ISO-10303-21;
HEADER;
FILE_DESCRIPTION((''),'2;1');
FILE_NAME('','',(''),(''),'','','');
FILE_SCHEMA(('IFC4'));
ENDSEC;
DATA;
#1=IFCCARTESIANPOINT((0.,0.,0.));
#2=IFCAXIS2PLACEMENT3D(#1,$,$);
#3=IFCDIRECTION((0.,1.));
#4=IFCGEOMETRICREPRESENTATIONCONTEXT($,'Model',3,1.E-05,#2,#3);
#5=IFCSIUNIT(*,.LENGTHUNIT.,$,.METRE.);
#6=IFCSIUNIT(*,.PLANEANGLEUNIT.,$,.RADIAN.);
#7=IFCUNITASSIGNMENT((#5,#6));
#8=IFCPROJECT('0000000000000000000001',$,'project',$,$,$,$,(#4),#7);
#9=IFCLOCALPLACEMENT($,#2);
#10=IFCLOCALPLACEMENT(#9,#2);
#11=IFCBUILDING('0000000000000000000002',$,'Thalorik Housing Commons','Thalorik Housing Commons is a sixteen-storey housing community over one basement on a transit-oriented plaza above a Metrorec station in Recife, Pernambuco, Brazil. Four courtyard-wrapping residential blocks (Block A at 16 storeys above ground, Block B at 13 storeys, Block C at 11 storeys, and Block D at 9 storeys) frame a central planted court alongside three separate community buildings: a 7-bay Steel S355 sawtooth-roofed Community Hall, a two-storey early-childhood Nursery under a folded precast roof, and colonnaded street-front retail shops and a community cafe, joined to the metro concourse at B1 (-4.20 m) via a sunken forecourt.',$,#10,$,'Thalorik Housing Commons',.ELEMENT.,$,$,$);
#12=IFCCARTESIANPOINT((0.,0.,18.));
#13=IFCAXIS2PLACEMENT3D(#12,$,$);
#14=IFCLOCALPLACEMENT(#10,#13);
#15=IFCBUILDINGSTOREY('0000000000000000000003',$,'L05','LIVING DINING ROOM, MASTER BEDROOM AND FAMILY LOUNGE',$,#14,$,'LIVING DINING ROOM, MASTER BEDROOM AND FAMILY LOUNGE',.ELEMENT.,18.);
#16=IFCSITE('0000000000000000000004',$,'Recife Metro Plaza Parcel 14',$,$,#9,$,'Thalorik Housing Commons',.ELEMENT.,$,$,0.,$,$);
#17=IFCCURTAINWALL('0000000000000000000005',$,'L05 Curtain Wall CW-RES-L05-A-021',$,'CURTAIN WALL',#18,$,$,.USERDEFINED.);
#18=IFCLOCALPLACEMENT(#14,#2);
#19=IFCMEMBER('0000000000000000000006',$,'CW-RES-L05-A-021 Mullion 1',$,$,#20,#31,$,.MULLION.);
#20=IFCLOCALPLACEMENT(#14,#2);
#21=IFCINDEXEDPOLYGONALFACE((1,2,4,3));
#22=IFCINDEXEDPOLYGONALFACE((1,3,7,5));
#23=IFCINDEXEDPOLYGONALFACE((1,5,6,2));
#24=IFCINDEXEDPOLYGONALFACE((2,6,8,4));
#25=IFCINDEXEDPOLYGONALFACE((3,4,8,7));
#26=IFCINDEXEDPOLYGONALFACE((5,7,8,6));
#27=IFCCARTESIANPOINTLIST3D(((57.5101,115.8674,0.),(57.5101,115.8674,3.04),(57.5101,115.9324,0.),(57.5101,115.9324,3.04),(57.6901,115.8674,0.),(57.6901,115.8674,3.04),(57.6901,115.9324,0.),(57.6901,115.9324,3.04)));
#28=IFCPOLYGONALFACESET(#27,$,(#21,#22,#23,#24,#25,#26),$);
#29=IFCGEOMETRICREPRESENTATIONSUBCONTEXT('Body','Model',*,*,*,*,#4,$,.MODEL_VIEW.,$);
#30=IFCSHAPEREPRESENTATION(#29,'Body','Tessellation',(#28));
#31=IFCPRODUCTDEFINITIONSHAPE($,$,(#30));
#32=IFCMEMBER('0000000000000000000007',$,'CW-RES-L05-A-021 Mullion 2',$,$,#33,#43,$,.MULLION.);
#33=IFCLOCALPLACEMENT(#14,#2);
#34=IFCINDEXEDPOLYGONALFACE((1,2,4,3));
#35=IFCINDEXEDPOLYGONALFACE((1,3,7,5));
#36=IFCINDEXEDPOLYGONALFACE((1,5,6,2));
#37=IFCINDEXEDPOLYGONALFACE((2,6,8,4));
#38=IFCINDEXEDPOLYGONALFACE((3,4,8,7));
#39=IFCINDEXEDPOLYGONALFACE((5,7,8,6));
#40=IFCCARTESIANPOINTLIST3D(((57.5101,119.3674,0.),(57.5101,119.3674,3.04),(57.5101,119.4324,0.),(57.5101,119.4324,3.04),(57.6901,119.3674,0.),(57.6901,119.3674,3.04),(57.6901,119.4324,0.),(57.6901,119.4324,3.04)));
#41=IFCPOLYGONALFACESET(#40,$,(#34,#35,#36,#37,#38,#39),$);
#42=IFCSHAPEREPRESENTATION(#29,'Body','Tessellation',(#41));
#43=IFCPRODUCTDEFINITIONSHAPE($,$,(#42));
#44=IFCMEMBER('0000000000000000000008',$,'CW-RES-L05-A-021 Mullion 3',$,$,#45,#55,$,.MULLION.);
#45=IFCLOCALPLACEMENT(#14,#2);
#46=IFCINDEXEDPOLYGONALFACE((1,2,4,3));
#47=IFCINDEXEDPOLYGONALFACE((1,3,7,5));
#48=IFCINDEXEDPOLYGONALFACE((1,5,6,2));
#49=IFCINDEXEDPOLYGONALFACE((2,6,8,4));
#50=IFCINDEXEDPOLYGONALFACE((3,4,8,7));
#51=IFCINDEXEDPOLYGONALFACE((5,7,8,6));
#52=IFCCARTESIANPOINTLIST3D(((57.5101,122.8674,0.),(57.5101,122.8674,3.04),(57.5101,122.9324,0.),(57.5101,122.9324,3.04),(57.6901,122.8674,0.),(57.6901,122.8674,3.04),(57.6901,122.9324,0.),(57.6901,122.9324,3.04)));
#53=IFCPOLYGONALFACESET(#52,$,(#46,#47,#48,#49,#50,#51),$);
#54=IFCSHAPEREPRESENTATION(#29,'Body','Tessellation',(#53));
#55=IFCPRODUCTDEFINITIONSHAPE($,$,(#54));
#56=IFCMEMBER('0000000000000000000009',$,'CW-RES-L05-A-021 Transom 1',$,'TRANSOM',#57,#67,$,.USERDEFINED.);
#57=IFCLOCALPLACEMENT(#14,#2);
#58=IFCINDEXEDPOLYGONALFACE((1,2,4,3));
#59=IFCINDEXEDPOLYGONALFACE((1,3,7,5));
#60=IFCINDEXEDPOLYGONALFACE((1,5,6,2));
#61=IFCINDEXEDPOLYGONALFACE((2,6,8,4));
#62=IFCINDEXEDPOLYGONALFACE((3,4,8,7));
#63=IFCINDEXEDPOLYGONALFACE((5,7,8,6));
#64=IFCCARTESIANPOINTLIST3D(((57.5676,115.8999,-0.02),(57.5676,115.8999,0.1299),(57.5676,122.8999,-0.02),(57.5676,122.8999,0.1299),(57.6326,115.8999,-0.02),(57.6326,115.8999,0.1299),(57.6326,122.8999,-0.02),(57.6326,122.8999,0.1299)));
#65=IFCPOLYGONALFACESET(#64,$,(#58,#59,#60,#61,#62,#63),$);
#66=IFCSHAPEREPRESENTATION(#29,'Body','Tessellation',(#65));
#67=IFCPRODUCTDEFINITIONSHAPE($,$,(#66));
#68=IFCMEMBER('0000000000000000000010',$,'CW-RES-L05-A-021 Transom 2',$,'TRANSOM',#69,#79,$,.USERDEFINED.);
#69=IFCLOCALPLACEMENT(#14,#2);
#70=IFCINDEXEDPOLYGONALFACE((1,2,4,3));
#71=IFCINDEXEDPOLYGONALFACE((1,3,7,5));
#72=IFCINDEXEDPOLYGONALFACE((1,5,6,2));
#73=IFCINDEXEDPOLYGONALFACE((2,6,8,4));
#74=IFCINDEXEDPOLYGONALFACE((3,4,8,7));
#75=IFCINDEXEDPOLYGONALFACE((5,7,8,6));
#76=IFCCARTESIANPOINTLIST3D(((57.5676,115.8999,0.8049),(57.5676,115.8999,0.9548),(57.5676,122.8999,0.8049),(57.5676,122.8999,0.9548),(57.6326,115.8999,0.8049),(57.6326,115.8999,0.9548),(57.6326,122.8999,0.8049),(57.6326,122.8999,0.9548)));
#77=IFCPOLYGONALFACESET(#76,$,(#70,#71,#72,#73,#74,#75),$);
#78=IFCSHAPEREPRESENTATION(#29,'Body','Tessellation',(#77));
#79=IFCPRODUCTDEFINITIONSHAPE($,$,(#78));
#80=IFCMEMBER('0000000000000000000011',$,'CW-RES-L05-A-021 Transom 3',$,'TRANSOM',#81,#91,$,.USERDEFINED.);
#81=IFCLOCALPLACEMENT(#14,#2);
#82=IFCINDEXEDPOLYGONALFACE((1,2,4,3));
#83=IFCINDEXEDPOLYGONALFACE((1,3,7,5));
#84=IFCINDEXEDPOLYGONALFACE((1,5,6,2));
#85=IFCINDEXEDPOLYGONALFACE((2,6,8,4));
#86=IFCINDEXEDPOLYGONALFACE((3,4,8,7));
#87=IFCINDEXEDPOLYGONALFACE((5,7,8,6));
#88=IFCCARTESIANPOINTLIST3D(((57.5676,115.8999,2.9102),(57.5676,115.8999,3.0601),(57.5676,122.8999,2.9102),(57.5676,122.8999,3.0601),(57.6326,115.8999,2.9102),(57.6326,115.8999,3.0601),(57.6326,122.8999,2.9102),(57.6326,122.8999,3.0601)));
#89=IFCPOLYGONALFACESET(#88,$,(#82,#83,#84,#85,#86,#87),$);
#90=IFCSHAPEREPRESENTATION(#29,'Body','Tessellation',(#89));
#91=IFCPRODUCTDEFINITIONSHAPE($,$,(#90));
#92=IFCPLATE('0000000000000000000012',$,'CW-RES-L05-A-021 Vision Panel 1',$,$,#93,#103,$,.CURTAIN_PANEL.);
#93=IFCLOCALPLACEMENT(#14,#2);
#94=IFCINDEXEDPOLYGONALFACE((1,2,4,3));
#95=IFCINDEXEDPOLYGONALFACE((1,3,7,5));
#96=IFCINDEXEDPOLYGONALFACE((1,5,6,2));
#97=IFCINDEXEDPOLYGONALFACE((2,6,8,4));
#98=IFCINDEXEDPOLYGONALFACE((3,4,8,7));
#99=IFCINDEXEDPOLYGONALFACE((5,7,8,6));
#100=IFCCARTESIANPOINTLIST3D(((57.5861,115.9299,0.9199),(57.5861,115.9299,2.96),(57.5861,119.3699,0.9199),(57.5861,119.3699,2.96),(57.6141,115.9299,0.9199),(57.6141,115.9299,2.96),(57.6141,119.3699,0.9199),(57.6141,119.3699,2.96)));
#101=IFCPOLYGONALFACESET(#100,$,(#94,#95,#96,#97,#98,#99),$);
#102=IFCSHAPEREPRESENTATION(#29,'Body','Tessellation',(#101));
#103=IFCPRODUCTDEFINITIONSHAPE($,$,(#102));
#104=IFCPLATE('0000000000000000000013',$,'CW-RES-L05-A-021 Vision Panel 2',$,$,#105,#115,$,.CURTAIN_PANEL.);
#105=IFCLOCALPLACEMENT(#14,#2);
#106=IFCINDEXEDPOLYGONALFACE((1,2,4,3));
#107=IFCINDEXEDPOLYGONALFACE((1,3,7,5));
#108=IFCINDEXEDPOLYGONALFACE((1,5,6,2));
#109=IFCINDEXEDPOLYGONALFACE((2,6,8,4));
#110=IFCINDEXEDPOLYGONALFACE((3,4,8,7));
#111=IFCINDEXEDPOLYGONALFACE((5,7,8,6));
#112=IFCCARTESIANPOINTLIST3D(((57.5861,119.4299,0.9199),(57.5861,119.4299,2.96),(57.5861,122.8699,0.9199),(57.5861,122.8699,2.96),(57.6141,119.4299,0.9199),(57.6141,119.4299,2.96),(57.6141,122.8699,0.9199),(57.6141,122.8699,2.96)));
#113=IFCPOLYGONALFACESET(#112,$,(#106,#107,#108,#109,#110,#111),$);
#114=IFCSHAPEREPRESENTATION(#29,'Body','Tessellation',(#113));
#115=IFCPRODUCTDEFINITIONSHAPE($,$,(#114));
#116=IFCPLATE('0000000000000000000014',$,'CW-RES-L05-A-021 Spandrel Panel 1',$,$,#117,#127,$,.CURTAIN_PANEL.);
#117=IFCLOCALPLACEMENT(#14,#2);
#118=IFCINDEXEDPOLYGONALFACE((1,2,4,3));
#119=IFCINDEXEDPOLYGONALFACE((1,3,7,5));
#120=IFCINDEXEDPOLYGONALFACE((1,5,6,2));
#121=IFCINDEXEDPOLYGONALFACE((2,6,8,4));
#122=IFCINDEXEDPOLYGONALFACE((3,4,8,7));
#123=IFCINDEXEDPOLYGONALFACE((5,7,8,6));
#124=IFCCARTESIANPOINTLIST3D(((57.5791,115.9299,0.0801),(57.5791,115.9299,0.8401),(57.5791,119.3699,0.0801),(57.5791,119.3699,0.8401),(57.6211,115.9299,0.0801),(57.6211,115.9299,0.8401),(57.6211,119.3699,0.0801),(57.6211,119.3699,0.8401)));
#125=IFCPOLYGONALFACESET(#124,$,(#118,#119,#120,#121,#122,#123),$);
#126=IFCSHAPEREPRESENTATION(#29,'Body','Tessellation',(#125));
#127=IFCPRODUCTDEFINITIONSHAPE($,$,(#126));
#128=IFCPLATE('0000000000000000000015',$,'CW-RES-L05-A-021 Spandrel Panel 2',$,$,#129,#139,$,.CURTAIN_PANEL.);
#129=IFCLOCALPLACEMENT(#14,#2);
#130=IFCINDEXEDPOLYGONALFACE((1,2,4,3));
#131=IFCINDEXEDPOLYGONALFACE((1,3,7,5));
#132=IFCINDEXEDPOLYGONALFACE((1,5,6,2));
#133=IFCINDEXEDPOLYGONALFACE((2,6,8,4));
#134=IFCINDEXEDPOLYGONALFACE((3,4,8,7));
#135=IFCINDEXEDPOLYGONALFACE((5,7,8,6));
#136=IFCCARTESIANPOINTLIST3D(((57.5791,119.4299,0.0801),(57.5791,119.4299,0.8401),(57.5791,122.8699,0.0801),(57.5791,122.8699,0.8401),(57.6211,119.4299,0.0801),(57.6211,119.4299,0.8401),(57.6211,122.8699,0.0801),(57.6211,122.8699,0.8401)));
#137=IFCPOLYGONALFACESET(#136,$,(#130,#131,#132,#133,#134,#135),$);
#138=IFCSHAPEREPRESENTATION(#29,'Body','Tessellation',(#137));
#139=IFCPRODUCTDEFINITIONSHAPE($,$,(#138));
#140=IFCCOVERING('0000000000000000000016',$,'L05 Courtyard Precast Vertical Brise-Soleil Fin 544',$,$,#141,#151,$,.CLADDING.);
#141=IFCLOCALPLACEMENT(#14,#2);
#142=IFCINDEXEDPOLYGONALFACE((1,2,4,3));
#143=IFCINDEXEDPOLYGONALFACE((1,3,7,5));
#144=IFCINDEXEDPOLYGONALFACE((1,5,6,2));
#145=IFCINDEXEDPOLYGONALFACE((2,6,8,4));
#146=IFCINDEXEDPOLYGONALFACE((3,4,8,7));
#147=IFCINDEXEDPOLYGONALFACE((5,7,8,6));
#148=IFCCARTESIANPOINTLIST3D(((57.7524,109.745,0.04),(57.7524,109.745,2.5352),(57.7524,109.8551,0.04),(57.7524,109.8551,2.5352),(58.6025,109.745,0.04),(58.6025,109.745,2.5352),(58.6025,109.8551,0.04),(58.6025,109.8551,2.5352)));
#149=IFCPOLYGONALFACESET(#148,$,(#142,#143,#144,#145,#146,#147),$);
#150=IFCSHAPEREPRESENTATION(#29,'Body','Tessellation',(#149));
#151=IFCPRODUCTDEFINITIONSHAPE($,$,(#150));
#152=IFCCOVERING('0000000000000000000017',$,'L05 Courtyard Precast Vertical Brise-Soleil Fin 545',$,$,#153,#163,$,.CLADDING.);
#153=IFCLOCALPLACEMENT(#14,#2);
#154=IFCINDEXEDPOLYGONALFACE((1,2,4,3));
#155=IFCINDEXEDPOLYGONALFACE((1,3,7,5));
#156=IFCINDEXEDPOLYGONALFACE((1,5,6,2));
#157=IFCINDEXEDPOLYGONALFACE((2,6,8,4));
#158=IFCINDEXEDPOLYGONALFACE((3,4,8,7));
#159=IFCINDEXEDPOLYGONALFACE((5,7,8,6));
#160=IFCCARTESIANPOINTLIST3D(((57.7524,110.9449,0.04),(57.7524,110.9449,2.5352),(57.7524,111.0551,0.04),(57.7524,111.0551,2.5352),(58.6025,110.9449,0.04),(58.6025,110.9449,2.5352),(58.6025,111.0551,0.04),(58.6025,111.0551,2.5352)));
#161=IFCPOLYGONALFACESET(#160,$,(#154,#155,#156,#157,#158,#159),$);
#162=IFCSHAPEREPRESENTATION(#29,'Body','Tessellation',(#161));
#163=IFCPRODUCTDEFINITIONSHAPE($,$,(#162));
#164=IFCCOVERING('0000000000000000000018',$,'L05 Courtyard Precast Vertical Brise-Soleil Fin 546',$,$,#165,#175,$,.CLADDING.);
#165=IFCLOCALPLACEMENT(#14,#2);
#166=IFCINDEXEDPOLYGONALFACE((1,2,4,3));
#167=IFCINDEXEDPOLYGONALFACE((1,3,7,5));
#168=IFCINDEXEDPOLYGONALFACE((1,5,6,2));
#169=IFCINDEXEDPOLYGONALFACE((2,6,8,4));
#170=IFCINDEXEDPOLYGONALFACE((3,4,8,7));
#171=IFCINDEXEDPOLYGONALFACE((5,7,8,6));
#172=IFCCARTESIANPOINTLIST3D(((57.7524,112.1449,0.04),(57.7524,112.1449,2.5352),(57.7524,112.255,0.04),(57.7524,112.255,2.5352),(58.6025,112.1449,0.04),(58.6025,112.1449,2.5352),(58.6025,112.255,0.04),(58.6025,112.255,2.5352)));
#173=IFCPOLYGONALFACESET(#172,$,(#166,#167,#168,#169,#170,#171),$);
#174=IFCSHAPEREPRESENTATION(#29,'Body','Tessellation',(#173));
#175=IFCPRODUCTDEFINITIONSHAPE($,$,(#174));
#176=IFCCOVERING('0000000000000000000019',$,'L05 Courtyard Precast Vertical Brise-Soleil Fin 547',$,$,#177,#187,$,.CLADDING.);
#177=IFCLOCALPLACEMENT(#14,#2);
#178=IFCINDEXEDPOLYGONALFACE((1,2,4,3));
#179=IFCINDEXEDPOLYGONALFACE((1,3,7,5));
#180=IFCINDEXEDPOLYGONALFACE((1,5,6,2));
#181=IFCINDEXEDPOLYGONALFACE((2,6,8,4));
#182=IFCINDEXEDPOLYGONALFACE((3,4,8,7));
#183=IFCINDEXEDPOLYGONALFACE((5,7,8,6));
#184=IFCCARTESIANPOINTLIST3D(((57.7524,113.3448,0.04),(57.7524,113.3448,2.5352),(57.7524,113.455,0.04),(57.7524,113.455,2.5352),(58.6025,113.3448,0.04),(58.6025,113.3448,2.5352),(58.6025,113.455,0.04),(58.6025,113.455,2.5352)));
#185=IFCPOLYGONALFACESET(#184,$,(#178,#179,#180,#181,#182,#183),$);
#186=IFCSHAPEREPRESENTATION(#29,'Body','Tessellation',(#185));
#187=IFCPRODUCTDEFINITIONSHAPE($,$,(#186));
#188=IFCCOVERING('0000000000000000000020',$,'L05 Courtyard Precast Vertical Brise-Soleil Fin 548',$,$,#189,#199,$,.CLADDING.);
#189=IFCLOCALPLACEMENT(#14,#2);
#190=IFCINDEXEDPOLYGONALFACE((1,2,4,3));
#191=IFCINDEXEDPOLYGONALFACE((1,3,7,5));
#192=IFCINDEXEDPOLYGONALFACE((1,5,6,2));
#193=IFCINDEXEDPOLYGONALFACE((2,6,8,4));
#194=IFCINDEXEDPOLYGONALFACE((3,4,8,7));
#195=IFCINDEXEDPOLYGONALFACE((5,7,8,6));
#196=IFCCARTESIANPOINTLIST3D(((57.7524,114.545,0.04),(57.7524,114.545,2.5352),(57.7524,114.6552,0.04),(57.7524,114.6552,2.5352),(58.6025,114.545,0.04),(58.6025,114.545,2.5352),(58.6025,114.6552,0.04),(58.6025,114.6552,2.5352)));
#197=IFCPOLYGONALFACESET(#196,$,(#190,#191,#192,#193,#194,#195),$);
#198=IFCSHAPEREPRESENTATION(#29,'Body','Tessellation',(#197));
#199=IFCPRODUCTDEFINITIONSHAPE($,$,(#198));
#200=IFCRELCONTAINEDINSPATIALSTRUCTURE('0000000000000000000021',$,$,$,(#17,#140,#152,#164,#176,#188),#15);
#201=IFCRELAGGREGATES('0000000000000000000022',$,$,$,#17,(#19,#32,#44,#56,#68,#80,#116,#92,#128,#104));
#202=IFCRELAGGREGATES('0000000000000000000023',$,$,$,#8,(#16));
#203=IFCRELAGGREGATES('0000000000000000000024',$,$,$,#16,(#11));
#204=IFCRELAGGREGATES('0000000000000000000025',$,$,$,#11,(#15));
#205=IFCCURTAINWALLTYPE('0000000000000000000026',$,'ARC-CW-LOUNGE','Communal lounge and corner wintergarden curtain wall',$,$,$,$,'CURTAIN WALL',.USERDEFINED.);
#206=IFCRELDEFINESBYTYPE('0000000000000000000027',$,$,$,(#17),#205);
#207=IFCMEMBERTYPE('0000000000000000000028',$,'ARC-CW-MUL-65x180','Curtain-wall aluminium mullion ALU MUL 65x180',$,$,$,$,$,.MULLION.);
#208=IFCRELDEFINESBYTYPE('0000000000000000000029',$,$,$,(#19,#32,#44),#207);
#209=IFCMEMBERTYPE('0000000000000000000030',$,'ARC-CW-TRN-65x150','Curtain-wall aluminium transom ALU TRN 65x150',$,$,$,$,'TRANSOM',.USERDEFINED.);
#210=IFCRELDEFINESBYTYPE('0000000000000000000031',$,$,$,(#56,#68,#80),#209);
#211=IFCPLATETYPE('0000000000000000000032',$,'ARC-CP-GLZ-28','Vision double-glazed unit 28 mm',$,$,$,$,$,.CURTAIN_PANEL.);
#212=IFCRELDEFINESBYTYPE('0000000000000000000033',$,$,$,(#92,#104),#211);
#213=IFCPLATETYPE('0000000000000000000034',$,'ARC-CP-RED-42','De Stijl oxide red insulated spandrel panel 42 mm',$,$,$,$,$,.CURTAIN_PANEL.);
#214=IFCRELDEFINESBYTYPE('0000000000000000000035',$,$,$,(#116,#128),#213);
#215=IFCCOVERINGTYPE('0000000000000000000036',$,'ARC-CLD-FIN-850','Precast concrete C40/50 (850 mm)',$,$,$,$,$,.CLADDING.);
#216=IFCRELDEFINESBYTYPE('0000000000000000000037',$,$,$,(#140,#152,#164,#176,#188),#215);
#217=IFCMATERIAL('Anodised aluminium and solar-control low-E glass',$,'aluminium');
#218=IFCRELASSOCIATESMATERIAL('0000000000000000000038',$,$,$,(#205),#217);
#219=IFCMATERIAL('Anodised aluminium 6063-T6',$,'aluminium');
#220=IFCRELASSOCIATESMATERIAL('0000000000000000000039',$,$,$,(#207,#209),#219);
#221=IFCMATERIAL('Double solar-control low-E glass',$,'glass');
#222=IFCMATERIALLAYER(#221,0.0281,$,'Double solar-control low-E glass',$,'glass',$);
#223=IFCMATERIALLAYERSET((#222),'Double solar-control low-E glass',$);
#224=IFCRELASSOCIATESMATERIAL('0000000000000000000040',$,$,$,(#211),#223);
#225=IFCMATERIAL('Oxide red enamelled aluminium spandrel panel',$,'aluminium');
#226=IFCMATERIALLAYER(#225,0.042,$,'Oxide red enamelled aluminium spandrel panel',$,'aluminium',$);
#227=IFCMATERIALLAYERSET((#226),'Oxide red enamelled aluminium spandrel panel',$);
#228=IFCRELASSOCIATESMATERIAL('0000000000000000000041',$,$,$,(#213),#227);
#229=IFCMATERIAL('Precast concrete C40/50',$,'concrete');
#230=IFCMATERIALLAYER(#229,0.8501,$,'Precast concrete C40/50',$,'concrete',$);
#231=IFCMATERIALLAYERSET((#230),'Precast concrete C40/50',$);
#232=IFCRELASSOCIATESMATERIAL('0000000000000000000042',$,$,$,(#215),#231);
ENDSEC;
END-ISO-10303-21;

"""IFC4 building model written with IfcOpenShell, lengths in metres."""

from ifc_helpers import new_model, si_unit, direction, frame, origin, origin_2d, place, context, subcontext, project, spatial, rectangle, extrude, material, layer, layer_set, material_profile, profile_set, type_object, element, aggregate, save


model = new_model("IFC4")

# Units and contexts
model_context = context("Model", 3, precision=1e-05, world=origin(), true_north=direction((0.0, 1.0)))
body_context = subcontext(model_context, "Body", "Model", "MODEL_VIEW")
ifc_project = project(units=[si_unit("LENGTHUNIT", "METRE"), si_unit("PLANEANGLEUNIT", "RADIAN")], contexts=[model_context])

# Site, building, storey
site_placement = place(None, origin())
site = spatial("IfcSite", under=ifc_project, at=site_placement, Name="Recife Metro Plaza Parcel 14", LongName="Thalorik Housing Commons", CompositionType="ELEMENT", RefElevation=0.0)
building_placement = place(site_placement, origin())
building = spatial("IfcBuilding", under=site, at=building_placement, Name="Thalorik Housing Commons", Description="Thalorik Housing Commons is a sixteen-storey housing community over one basement on a transit-oriented plaza above a Metrorec station in Recife, Pernambuco, Brazil. Four courtyard-wrapping residential blocks (Block A at 16 storeys above ground, Block B at 13 storeys, Block C at 11 storeys, and Block D at 9 storeys) frame a central planted court alongside three separate community buildings: a 7-bay Steel S355 sawtooth-roofed Community Hall, a two-storey early-childhood Nursery under a folded precast roof, and colonnaded street-front retail shops and a community cafe, joined to the metro concourse at B1 (-4.20 m) via a sunken forecourt.", LongName="Thalorik Housing Commons", CompositionType="ELEMENT")
storey_placement = place(building_placement, frame((0.0, 0.0, 18.0)))
storey = spatial("IfcBuildingStorey", under=building, at=storey_placement, Name="L05", Description="LIVING DINING ROOM, MASTER BEDROOM AND FAMILY LOUNGE", LongName="LIVING DINING ROOM, MASTER BEDROOM AND FAMILY LOUNGE", CompositionType="ELEMENT", Elevation=18.0)

# Curtain wall, members, plates
ifc_material_1 = material(Name="Anodised aluminium and solar-control low-E glass", Category="aluminium")
curtain_wall_type = type_object("IfcCurtainWallType", Name="ARC-CW-LOUNGE", Description="Communal lounge and corner wintergarden curtain wall", ElementType="CURTAIN WALL", PredefinedType="USERDEFINED", material=ifc_material_1)
curtain_wall_placement = place(storey_placement, origin())
curtain_wall = element("IfcCurtainWall", 1, at=curtain_wall_placement, inside=storey, type_object=curtain_wall_type, Name="L05 Curtain Wall CW-RES-L05-A-021", ObjectType="CURTAIN WALL", PredefinedType="USERDEFINED")
ifc_material_2 = material(Name="Anodised aluminium 6063-T6", Category="aluminium")
ifc_material_profile_1 = material_profile(ifc_material_2, rectangle(XDim=0.0649, YDim=0.1799, at=origin_2d()), Name="ALU MUL 65x180", Category="aluminium")
ifc_profile_set_1 = profile_set([ifc_material_profile_1], Name="Anodised aluminium 6063-T6")
member_type_1 = type_object("IfcMemberType", Name="ARC-CW-MUL-65x180", Description="Curtain-wall aluminium mullion ALU MUL 65x180", PredefinedType="MULLION", material=ifc_profile_set_1)
member_1_placement = place(storey_placement, frame((57.6001, 115.8999, 0.0), z_axis=(0.0, 0.0, 1.0), x_axis=(0.0, 1.0, 0.0)))
member_1 = element("IfcMember", 2, at=member_1_placement, type_object=member_type_1, Name="CW-RES-L05-A-021 Mullion 1", PredefinedType="MULLION", context=body_context, shape_type="SweptSolid", body=[
    extrude(rectangle(XDim=0.0649, YDim=0.1799, at=origin_2d()), origin(), (0.0, 0.0, 1.0), 3.04),
])
member_2_placement = place(storey_placement, frame((57.6001, 119.3999, 0.0), z_axis=(0.0, 0.0, 1.0), x_axis=(0.0, 1.0, 0.0)))
member_2 = element("IfcMember", 3, at=member_2_placement, type_object=member_type_1, Name="CW-RES-L05-A-021 Mullion 2", PredefinedType="MULLION", context=body_context, shape_type="SweptSolid", body=[
    extrude(rectangle(XDim=0.0649, YDim=0.1799, at=origin_2d()), origin(), (0.0, 0.0, 1.0), 3.04),
])
member_3_placement = place(storey_placement, frame((57.6001, 122.8999, 0.0), z_axis=(0.0, 0.0, 1.0), x_axis=(0.0, 1.0, 0.0)))
member_3 = element("IfcMember", 4, at=member_3_placement, type_object=member_type_1, Name="CW-RES-L05-A-021 Mullion 3", PredefinedType="MULLION", context=body_context, shape_type="SweptSolid", body=[
    extrude(rectangle(XDim=0.0649, YDim=0.1799, at=origin_2d()), origin(), (0.0, 0.0, 1.0), 3.04),
])
ifc_material_profile_2 = material_profile(ifc_material_2, rectangle(XDim=0.0649, YDim=0.1499, at=origin_2d()), Name="ALU TRN 65x150", Category="aluminium")
ifc_profile_set_2 = profile_set([ifc_material_profile_2], Name="Anodised aluminium 6063-T6")
member_type_2 = type_object("IfcMemberType", Name="ARC-CW-TRN-65x150", Description="Curtain-wall aluminium transom ALU TRN 65x150", ElementType="TRANSOM", PredefinedType="USERDEFINED", material=ifc_profile_set_2)
member_4_placement = place(storey_placement, frame((57.6001, 115.8999, 0.0549), z_axis=(0.0, 1.0, 0.0), x_axis=(-1.0, 0.0, 0.0)))
member_4 = element("IfcMember", 5, at=member_4_placement, type_object=member_type_2, Name="CW-RES-L05-A-021 Transom 1", ObjectType="TRANSOM", PredefinedType="USERDEFINED", context=body_context, shape_type="SweptSolid", body=[
    extrude(rectangle(XDim=0.0649, YDim=0.1499, at=origin_2d()), origin(), (0.0, 0.0, 1.0), 7.0),
])
member_5_placement = place(storey_placement, frame((57.6001, 115.8999, 0.8799), z_axis=(0.0, 1.0, 0.0), x_axis=(-1.0, 0.0, 0.0)))
member_5 = element("IfcMember", 6, at=member_5_placement, type_object=member_type_2, Name="CW-RES-L05-A-021 Transom 2", ObjectType="TRANSOM", PredefinedType="USERDEFINED", context=body_context, shape_type="SweptSolid", body=[
    extrude(rectangle(XDim=0.0649, YDim=0.1499, at=origin_2d()), origin(), (0.0, 0.0, 1.0), 7.0),
])
member_6_placement = place(storey_placement, frame((57.6001, 115.8999, 2.9851), z_axis=(0.0, 1.0, 0.0), x_axis=(-1.0, 0.0, 0.0)))
member_6 = element("IfcMember", 7, at=member_6_placement, type_object=member_type_2, Name="CW-RES-L05-A-021 Transom 3", ObjectType="TRANSOM", PredefinedType="USERDEFINED", context=body_context, shape_type="SweptSolid", body=[
    extrude(rectangle(XDim=0.0649, YDim=0.1499, at=origin_2d()), origin(), (0.0, 0.0, 1.0), 7.0),
])
ifc_material_3 = material(Name="Double solar-control low-E glass", Category="glass")
ifc_layer_1 = layer(ifc_material_3, 0.0281, Name="Double solar-control low-E glass", Category="glass")
ifc_layer_set_1 = layer_set([ifc_layer_1], Name="Double solar-control low-E glass")
plate_type_1 = type_object("IfcPlateType", Name="ARC-CP-GLZ-28", Description="Vision double-glazed unit 28 mm", PredefinedType="CURTAIN_PANEL", material=ifc_layer_set_1)
plate_1_placement = place(storey_placement, frame((57.6001, 117.6499, 0.9199), z_axis=(0.0, 0.0, 1.0), x_axis=(0.0, 1.0, 0.0)))
plate_1 = element("IfcPlate", 8, at=plate_1_placement, type_object=plate_type_1, Name="CW-RES-L05-A-021 Vision Panel 1", PredefinedType="CURTAIN_PANEL", context=body_context, shape_type="SweptSolid", body=[
    extrude(rectangle(XDim=3.4399, YDim=0.0281, at=origin_2d()), origin(), (0.0, 0.0, 1.0), 2.04),
])
plate_2_placement = place(storey_placement, frame((57.6001, 121.1499, 0.9199), z_axis=(0.0, 0.0, 1.0), x_axis=(0.0, 1.0, 0.0)))
plate_2 = element("IfcPlate", 9, at=plate_2_placement, type_object=plate_type_1, Name="CW-RES-L05-A-021 Vision Panel 2", PredefinedType="CURTAIN_PANEL", context=body_context, shape_type="SweptSolid", body=[
    extrude(rectangle(XDim=3.4399, YDim=0.0281, at=origin_2d()), origin(), (0.0, 0.0, 1.0), 2.04),
])
ifc_material_4 = material(Name="Oxide red enamelled aluminium spandrel panel", Category="aluminium")
ifc_layer_2 = layer(ifc_material_4, 0.042, Name="Oxide red enamelled aluminium spandrel panel", Category="aluminium")
ifc_layer_set_2 = layer_set([ifc_layer_2], Name="Oxide red enamelled aluminium spandrel panel")
plate_type_2 = type_object("IfcPlateType", Name="ARC-CP-RED-42", Description="De Stijl oxide red insulated spandrel panel 42 mm", PredefinedType="CURTAIN_PANEL", material=ifc_layer_set_2)
plate_3_placement = place(storey_placement, frame((57.6001, 117.6499, 0.0801), z_axis=(0.0, 0.0, 1.0), x_axis=(0.0, 1.0, 0.0)))
plate_3 = element("IfcPlate", 10, at=plate_3_placement, type_object=plate_type_2, Name="CW-RES-L05-A-021 Spandrel Panel 1", PredefinedType="CURTAIN_PANEL", context=body_context, shape_type="SweptSolid", body=[
    extrude(rectangle(XDim=3.4399, YDim=0.042, at=origin_2d()), origin(), (0.0, 0.0, 1.0), 0.76),
])
plate_4_placement = place(storey_placement, frame((57.6001, 121.1499, 0.0801), z_axis=(0.0, 0.0, 1.0), x_axis=(0.0, 1.0, 0.0)))
plate_4 = element("IfcPlate", 11, at=plate_4_placement, type_object=plate_type_2, Name="CW-RES-L05-A-021 Spandrel Panel 2", PredefinedType="CURTAIN_PANEL", context=body_context, shape_type="SweptSolid", body=[
    extrude(rectangle(XDim=3.4399, YDim=0.042, at=origin_2d()), origin(), (0.0, 0.0, 1.0), 0.76),
])
aggregate(curtain_wall, [member_1, member_2, member_3, member_4, member_5, member_6, plate_3, plate_1, plate_4, plate_2])

# Coverings
ifc_material_5 = material(Name="Precast concrete C40/50", Category="concrete")
ifc_layer_3 = layer(ifc_material_5, 0.8501, Name="Precast concrete C40/50", Category="concrete")
ifc_layer_set_3 = layer_set([ifc_layer_3], Name="Precast concrete C40/50")
covering_type_1 = type_object("IfcCoveringType", Name="ARC-CLD-FIN-850", Description="Precast concrete C40/50 (850 mm)", PredefinedType="CLADDING", material=ifc_layer_set_3)
for number, where, z_axis, x_axis, name in (
    (12, (58.1775, 109.8, 0.04), (0.0, 0.0, 1.0), (0.0, 1.0, 0.0), "L05 Courtyard Precast Vertical Brise-Soleil Fin 544"),
    (13, (58.1775, 111.0, 0.04), (0.0, 0.0, 1.0), (0.0, 1.0, 0.0), "L05 Courtyard Precast Vertical Brise-Soleil Fin 545"),
    (14, (58.1775, 112.2, 0.04), (0.0, 0.0, 1.0), (0.0, 1.0, 0.0), "L05 Courtyard Precast Vertical Brise-Soleil Fin 546"),
    (15, (58.1775, 113.3999, 0.04), (0.0, 0.0, 1.0), (0.0, 1.0, 0.0), "L05 Courtyard Precast Vertical Brise-Soleil Fin 547"),
    (16, (58.1775, 114.6001, 0.04), (0.0, 0.0, 1.0), (0.0, 1.0, 0.0), "L05 Courtyard Precast Vertical Brise-Soleil Fin 548"),
):
    element("IfcCovering", number, at=place(storey_placement, frame(where, z_axis=z_axis, x_axis=x_axis)), inside=storey, type_object=covering_type_1, Name=name, PredefinedType="CLADDING", context=body_context, shape_type="SweptSolid", body=[
        extrude(rectangle(XDim=0.1101, YDim=0.8501, at=origin_2d()), origin(), (0.0, 0.0, 1.0), 2.4951),
    ])

save(model, "model.ifc")
